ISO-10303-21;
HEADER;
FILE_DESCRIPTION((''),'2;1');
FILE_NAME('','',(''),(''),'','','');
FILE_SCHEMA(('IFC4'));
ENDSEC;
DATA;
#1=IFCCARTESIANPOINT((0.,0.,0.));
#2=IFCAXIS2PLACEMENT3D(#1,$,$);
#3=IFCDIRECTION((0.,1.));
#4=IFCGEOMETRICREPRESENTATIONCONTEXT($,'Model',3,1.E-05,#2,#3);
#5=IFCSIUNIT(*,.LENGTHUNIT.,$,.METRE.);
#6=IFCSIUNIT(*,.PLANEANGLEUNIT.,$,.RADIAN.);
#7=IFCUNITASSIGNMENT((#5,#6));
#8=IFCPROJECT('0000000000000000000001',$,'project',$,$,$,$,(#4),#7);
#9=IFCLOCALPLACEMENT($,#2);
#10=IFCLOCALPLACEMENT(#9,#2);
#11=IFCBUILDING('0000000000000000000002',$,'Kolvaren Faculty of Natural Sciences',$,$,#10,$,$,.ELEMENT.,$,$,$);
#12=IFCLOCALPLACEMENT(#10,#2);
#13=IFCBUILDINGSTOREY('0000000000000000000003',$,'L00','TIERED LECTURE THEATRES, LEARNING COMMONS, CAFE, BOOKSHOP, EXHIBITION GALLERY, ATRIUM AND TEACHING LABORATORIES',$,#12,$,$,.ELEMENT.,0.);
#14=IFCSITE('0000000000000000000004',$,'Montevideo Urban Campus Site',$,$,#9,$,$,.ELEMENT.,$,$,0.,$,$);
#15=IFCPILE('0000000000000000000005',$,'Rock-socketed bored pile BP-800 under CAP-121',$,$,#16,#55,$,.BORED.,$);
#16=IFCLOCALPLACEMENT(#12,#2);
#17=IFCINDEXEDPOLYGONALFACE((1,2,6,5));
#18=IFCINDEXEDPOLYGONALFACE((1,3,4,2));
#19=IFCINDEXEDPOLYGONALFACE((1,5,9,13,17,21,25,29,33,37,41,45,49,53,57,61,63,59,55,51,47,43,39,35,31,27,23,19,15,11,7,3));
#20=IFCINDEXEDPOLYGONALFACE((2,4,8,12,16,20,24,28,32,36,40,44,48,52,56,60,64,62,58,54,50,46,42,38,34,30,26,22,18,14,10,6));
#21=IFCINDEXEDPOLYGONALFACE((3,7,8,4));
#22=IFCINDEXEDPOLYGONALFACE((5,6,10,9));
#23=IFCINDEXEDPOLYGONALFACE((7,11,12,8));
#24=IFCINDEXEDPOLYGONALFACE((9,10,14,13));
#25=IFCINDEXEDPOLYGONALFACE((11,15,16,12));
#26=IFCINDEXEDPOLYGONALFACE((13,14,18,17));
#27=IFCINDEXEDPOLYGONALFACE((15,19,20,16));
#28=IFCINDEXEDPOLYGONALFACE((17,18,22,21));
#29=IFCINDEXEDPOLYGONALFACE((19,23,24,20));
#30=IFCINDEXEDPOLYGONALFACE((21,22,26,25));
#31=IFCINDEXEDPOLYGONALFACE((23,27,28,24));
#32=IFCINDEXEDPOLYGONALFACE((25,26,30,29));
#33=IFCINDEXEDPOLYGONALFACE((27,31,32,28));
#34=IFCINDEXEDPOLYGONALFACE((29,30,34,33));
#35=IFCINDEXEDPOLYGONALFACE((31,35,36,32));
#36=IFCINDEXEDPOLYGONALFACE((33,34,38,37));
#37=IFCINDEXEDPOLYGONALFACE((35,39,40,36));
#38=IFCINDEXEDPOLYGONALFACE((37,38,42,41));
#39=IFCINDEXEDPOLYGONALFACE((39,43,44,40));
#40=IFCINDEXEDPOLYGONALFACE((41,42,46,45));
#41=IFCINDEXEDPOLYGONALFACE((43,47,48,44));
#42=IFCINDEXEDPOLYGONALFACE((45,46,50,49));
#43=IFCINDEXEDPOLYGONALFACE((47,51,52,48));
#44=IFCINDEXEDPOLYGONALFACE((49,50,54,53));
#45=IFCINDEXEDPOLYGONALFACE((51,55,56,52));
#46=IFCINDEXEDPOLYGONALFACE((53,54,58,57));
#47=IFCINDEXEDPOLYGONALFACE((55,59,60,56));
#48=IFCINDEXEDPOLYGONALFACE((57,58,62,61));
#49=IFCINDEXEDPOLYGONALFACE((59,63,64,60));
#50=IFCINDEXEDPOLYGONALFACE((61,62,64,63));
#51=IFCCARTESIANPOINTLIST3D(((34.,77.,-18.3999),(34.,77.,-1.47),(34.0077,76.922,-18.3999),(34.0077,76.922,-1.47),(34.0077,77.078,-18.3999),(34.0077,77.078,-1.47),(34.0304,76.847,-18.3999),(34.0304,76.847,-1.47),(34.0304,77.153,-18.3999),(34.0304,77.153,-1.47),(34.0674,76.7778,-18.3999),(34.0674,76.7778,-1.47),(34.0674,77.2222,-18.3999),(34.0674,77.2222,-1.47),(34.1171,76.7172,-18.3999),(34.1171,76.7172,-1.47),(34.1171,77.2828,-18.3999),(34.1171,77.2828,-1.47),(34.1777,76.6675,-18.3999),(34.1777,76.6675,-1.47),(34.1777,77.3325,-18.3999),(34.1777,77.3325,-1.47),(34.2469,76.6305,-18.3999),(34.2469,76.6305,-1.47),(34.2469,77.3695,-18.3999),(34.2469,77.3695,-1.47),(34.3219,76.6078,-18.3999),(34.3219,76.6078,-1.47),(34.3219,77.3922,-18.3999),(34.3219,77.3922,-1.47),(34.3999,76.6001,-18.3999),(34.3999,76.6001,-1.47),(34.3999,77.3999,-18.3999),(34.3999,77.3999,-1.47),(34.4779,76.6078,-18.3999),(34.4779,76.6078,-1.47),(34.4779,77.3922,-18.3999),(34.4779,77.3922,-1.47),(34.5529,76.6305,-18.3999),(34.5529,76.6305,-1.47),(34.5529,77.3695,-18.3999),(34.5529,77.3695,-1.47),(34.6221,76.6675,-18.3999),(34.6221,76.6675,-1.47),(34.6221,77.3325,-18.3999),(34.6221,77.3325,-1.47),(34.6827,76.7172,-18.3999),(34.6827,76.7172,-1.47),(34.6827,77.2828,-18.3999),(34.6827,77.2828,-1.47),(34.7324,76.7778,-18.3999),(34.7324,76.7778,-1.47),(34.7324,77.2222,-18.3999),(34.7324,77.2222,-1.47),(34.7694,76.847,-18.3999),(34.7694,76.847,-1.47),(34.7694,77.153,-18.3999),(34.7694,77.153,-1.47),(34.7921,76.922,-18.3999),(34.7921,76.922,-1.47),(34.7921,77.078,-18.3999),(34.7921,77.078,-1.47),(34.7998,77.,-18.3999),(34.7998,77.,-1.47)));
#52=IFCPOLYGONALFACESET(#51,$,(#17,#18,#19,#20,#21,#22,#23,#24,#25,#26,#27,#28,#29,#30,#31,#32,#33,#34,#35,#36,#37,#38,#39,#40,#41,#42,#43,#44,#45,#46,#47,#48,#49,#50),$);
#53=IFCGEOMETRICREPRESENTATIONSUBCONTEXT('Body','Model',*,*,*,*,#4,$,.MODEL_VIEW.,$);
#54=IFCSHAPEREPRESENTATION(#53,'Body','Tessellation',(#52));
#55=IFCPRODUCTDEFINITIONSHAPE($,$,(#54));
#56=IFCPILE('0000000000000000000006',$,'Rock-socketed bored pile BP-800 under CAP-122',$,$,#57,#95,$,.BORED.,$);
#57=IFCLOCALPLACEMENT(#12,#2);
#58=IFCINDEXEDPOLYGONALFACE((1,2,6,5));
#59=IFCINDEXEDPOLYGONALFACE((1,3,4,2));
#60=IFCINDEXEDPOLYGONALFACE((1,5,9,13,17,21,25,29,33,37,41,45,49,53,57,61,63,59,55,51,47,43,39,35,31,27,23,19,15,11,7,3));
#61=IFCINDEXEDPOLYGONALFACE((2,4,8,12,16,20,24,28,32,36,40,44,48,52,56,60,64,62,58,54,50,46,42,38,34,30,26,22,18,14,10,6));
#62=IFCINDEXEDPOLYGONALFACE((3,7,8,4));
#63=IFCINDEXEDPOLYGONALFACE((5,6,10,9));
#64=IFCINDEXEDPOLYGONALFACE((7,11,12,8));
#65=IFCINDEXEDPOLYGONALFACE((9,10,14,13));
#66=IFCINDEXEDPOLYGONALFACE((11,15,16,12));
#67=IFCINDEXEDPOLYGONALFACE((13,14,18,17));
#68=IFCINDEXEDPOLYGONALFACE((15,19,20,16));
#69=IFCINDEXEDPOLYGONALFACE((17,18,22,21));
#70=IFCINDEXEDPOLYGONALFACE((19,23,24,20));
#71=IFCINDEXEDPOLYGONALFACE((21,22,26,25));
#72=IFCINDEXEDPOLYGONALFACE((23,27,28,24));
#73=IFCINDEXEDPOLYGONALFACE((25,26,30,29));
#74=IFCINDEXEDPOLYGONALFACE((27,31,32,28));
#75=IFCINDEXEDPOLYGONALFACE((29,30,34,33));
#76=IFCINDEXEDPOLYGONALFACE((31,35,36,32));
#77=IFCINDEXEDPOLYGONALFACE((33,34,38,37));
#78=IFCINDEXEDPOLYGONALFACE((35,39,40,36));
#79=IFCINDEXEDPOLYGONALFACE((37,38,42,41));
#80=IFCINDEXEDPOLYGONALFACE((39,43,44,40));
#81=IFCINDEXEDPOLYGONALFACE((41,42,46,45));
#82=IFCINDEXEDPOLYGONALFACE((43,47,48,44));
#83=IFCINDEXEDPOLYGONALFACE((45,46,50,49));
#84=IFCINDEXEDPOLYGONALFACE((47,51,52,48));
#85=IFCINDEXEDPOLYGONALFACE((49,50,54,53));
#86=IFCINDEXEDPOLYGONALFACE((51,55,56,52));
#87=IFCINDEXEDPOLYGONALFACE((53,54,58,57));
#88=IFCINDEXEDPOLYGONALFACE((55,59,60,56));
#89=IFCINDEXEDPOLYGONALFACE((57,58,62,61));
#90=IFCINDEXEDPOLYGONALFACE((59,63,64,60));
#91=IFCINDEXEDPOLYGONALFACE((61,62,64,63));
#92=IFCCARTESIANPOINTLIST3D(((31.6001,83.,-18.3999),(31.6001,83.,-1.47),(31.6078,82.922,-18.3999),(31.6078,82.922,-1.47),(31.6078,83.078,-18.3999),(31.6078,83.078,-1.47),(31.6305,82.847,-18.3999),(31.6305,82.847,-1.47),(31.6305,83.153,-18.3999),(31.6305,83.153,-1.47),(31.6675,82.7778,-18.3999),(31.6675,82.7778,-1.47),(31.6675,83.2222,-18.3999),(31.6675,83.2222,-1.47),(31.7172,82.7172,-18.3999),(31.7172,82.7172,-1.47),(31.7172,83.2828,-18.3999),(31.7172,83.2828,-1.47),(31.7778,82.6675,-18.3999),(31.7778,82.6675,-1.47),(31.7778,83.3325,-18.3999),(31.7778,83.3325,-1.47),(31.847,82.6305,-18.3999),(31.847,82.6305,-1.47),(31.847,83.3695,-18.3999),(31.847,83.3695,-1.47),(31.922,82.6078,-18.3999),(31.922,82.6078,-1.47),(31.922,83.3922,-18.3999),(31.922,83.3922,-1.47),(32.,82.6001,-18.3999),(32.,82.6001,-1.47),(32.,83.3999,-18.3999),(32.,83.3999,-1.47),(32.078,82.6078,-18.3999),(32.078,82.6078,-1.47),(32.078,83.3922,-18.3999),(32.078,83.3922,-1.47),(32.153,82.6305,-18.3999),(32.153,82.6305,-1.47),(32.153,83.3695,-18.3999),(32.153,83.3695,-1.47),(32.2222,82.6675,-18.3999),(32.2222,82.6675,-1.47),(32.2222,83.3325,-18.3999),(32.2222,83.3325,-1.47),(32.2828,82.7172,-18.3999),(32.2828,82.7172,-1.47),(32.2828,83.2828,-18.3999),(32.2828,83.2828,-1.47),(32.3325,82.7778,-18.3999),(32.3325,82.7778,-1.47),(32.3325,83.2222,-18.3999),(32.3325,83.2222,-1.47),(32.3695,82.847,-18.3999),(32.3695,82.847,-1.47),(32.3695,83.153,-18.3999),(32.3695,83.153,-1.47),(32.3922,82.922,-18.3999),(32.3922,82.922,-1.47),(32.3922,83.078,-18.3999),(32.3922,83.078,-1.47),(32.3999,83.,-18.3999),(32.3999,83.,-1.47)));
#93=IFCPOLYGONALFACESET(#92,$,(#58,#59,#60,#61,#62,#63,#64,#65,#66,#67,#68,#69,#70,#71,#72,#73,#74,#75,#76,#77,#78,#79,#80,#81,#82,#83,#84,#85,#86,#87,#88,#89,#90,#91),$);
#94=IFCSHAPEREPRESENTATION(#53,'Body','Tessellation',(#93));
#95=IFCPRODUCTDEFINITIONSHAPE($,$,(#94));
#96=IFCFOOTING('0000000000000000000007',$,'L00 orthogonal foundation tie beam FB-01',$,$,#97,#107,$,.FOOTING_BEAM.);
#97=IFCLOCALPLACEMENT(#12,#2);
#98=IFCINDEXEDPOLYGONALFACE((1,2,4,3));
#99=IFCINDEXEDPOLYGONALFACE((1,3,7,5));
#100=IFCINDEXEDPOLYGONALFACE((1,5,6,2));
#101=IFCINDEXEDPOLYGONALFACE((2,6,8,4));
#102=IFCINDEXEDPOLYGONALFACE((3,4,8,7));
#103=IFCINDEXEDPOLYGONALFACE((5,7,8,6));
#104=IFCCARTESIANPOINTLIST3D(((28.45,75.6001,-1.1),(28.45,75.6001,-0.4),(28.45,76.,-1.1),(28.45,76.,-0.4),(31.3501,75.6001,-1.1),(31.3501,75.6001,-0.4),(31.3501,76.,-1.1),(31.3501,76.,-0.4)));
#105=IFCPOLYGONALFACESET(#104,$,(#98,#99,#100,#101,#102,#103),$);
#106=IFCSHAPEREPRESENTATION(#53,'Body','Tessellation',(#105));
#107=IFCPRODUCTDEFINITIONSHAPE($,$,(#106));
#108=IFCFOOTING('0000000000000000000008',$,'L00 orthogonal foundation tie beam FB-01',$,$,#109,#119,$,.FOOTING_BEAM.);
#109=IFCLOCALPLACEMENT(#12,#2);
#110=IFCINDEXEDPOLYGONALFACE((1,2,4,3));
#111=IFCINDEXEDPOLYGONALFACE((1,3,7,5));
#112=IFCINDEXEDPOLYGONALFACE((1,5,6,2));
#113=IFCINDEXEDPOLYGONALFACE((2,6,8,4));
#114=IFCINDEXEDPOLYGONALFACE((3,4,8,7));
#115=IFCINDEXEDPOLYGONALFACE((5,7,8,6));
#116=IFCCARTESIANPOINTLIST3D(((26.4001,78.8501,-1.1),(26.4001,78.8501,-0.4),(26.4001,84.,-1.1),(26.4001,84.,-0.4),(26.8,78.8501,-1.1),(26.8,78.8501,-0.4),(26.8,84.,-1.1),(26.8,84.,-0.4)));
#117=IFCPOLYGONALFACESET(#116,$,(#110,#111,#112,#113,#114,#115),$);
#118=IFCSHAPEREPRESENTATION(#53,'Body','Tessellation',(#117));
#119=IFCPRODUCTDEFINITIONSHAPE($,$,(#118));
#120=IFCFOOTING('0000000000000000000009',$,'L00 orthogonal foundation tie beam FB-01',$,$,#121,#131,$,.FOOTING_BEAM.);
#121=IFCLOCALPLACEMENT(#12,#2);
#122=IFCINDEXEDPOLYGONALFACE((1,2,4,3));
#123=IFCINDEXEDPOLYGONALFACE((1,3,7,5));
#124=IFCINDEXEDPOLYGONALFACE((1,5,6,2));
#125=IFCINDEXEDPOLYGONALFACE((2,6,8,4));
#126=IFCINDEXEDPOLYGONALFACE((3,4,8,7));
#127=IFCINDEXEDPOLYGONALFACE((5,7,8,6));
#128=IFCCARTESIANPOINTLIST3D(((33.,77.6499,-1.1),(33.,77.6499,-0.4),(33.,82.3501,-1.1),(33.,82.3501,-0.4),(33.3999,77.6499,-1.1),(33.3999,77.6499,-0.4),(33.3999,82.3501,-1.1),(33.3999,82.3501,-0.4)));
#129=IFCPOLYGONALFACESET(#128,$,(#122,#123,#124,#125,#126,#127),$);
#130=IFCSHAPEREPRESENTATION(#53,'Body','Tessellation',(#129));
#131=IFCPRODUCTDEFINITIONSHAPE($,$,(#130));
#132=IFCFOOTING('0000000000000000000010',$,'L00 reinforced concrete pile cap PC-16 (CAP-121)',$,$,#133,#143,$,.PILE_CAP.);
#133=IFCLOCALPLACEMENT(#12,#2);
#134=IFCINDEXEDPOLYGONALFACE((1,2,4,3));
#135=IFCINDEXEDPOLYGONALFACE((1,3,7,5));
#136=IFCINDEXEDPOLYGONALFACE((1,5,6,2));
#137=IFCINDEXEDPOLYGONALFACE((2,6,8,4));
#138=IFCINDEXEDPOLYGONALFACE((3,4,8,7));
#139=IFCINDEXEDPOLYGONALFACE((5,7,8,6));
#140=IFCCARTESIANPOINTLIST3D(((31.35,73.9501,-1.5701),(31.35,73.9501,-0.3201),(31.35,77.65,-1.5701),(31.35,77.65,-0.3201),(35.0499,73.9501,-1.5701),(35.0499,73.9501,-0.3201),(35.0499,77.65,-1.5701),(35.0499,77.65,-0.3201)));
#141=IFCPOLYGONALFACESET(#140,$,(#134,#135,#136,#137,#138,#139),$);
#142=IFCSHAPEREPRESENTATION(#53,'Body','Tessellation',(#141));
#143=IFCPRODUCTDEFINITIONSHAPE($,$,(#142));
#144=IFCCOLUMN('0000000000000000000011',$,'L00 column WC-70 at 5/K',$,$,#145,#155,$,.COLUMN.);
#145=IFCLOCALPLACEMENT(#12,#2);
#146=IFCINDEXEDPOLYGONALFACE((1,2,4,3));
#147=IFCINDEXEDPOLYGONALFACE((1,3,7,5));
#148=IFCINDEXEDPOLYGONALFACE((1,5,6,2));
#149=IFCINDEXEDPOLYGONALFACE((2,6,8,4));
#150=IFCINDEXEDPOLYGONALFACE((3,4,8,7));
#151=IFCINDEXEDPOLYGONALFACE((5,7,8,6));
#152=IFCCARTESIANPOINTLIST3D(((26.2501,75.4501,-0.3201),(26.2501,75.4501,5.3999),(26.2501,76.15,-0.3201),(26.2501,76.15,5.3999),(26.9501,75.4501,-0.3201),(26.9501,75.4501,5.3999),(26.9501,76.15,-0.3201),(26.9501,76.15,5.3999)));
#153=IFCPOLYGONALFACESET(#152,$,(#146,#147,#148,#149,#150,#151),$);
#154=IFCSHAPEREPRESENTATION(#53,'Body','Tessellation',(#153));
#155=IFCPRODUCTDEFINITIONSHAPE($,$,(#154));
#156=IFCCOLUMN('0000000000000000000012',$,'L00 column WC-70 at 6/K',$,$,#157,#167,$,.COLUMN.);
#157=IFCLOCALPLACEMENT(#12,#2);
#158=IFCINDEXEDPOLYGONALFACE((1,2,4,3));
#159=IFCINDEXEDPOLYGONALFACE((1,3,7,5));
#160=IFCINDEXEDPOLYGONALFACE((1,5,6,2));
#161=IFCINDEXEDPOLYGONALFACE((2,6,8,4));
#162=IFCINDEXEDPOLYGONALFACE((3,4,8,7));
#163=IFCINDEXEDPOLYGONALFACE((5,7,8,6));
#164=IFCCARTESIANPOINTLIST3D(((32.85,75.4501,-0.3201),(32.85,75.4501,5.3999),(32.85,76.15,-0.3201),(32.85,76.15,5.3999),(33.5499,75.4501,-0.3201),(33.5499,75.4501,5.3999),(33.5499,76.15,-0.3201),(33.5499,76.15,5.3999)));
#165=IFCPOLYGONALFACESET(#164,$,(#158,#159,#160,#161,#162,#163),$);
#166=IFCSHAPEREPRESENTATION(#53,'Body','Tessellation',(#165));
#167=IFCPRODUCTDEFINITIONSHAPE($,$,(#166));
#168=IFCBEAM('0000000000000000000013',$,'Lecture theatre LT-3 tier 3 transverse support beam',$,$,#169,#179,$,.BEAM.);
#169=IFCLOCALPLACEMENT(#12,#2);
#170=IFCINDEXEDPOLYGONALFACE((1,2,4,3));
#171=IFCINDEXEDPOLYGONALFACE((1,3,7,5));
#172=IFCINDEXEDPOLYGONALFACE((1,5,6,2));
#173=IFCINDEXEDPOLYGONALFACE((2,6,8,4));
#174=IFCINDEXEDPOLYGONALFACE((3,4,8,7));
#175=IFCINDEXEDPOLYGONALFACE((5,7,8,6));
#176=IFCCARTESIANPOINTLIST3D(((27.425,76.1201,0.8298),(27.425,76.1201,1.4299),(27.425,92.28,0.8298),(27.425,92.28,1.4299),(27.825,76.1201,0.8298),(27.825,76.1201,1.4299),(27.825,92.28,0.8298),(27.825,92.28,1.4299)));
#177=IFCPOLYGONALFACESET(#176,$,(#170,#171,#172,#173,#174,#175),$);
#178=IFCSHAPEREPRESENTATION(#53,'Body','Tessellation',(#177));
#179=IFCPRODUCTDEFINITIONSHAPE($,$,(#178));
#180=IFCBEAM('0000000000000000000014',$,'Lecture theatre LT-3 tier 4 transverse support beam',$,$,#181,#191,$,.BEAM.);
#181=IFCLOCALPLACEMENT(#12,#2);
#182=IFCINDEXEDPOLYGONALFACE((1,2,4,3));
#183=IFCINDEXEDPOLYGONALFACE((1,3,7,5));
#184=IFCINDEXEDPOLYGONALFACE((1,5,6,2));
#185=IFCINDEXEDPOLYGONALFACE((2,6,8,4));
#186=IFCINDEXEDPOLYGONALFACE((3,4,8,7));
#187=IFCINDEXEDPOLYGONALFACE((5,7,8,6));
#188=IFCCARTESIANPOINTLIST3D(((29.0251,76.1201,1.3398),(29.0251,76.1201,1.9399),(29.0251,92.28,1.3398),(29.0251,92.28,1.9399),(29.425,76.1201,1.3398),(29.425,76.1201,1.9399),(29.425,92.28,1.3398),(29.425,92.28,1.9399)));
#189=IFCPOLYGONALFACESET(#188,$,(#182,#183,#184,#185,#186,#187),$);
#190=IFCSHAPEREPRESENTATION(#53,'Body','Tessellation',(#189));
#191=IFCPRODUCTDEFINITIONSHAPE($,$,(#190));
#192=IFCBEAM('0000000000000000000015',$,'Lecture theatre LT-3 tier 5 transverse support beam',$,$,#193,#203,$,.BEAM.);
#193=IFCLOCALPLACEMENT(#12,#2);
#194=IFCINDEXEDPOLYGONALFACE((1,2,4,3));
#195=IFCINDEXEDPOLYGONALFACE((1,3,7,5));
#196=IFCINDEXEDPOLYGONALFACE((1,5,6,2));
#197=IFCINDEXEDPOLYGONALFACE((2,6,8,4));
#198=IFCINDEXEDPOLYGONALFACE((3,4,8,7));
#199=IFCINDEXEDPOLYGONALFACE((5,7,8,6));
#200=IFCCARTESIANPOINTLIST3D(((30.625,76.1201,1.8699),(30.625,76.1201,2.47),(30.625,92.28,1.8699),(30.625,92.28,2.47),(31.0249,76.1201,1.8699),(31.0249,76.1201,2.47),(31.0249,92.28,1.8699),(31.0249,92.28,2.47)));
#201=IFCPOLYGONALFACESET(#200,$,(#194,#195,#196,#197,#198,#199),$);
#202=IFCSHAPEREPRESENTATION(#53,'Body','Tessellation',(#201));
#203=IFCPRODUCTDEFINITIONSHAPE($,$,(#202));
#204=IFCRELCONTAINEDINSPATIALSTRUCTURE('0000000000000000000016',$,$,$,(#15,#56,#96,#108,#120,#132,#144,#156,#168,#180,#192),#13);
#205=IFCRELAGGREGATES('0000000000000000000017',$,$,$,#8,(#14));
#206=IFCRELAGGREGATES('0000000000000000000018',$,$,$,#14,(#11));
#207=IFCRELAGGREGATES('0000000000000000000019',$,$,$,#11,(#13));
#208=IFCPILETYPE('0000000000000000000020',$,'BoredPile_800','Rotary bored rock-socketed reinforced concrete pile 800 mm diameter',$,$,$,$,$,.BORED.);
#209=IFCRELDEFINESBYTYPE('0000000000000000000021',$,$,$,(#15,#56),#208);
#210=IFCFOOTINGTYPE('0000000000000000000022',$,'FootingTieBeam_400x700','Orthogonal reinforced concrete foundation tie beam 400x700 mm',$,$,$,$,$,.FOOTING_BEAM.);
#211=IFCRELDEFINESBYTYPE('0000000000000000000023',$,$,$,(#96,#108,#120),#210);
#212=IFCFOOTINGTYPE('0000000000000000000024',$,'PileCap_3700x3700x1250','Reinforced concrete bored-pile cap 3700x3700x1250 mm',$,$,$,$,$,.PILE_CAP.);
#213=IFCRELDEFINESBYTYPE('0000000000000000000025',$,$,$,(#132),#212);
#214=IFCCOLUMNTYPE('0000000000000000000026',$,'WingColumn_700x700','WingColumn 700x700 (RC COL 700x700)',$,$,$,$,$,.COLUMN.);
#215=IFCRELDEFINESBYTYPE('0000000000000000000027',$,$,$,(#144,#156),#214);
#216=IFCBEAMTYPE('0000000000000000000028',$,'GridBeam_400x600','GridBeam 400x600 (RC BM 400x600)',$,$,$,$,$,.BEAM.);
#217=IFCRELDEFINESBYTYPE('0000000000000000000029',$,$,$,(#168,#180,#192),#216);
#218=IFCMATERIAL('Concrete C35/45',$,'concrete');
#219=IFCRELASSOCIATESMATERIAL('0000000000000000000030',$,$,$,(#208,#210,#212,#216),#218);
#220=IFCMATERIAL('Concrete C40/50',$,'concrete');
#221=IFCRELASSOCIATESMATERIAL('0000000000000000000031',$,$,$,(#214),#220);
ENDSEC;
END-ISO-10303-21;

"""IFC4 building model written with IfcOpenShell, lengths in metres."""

from ifc_helpers import new_model, si_unit, direction, frame, origin, origin_2d, place, context, subcontext, project, spatial, rectangle, circle, extrude, material, material_profile, profile_set, type_object, element, save


model = new_model("IFC4")

# Units and contexts
model_context = context("Model", 3, precision=1e-05, world=origin(), true_north=direction((0.0, 1.0)))
body_context = subcontext(model_context, "Body", "Model", "MODEL_VIEW")
ifc_project = project(units=[si_unit("LENGTHUNIT", "METRE"), si_unit("PLANEANGLEUNIT", "RADIAN")], contexts=[model_context])

# Site, building, storey
site_placement = place(None, origin())
site = spatial("IfcSite", under=ifc_project, at=site_placement, Name="Montevideo Urban Campus Site", CompositionType="ELEMENT", RefElevation=0.0)
building_placement = place(site_placement, origin())
building = spatial("IfcBuilding", under=site, at=building_placement, Name="Kolvaren Faculty of Natural Sciences", CompositionType="ELEMENT")
storey_placement = place(building_placement, origin())
storey = spatial("IfcBuildingStorey", under=building, at=storey_placement, Name="L00", Description="TIERED LECTURE THEATRES, LEARNING COMMONS, CAFE, BOOKSHOP, EXHIBITION GALLERY, ATRIUM AND TEACHING LABORATORIES", CompositionType="ELEMENT", Elevation=0.0)

# Piles
ifc_material_1 = material(Name="Concrete C35/45", Category="concrete")
ifc_material_profile_1 = material_profile(ifc_material_1, circle(Radius=0.3999, at=origin_2d()), Name="PILE D800")
ifc_profile_set_1 = profile_set([ifc_material_profile_1], Name="Concrete C35/45")
pile_type = type_object("IfcPileType", Name="BoredPile_800", Description="Rotary bored rock-socketed reinforced concrete pile 800 mm diameter", PredefinedType="BORED", material=ifc_profile_set_1)
for number, where, z_axis, x_axis, name in (
    (1, (34.3999, 77.0, -1.47), (0.0, 0.0, -1.0), (1.0, 0.0, 0.0), "Rock-socketed bored pile BP-800 under CAP-121"),
    (2, (32.0, 83.0, -1.47), (0.0, 0.0, -1.0), (1.0, 0.0, 0.0), "Rock-socketed bored pile BP-800 under CAP-122"),
):
    element("IfcPile", number, at=place(storey_placement, frame(where, z_axis=z_axis, x_axis=x_axis)), inside=storey, type_object=pile_type, Name=name, PredefinedType="BORED", context=body_context, shape_type="SweptSolid", body=[
        extrude(circle(Radius=0.3999, at=origin_2d()), origin(), (0.0, 0.0, 1.0), 16.9299),
    ])

# Footings
ifc_material_profile_2 = material_profile(ifc_material_1, rectangle(XDim=0.3999, YDim=0.7, at=origin_2d()), Name="RC FB 400x700")
ifc_profile_set_2 = profile_set([ifc_material_profile_2], Name="Concrete C35/45")
footing_type_1 = type_object("IfcFootingType", Name="FootingTieBeam_400x700", Description="Orthogonal reinforced concrete foundation tie beam 400x700 mm", PredefinedType="FOOTING_BEAM", material=ifc_profile_set_2)
footing_1_placement = place(storey_placement, frame((28.45, 75.8, -0.75), z_axis=(1.0, 0.0, 0.0), x_axis=(0.0, 1.0, 0.0)))
element("IfcFooting", 3, at=footing_1_placement, inside=storey, type_object=footing_type_1, Name="L00 orthogonal foundation tie beam FB-01", PredefinedType="FOOTING_BEAM", context=body_context, shape_type="SweptSolid", body=[
    extrude(rectangle(XDim=0.3999, YDim=0.7, at=origin_2d()), origin(), (0.0, 0.0, 1.0), 2.9001),
])
footing_2_placement = place(storey_placement, frame((26.6001, 78.8501, -0.75), z_axis=(0.0, 1.0, 0.0), x_axis=(-1.0, 0.0, 0.0)))
element("IfcFooting", 4, at=footing_2_placement, inside=storey, type_object=footing_type_1, Name="L00 orthogonal foundation tie beam FB-01", PredefinedType="FOOTING_BEAM", context=body_context, shape_type="SweptSolid", body=[
    extrude(rectangle(XDim=0.3999, YDim=0.7, at=origin_2d()), origin(), (0.0, 0.0, 1.0), 5.1499),
])
footing_3_placement = place(storey_placement, frame((33.2, 77.6499, -0.75), z_axis=(0.0, 1.0, 0.0), x_axis=(-1.0, 0.0, 0.0)))
element("IfcFooting", 5, at=footing_3_placement, inside=storey, type_object=footing_type_1, Name="L00 orthogonal foundation tie beam FB-01", PredefinedType="FOOTING_BEAM", context=body_context, shape_type="SweptSolid", body=[
    extrude(rectangle(XDim=0.3999, YDim=0.7, at=origin_2d()), origin(), (0.0, 0.0, 1.0), 4.7002),
])
footing_type_2 = type_object("IfcFootingType", Name="PileCap_3700x3700x1250", Description="Reinforced concrete bored-pile cap 3700x3700x1250 mm", PredefinedType="PILE_CAP", material=ifc_material_1)
footing_4_placement = place(storey_placement, frame((33.2, 75.8, -1.5701), z_axis=(0.0, 0.0, 1.0), x_axis=(1.0, 0.0, 0.0)))
element("IfcFooting", 6, at=footing_4_placement, inside=storey, type_object=footing_type_2, Name="L00 reinforced concrete pile cap PC-16 (CAP-121)", PredefinedType="PILE_CAP", context=body_context, shape_type="SweptSolid", body=[
    extrude(rectangle(XDim=3.7, YDim=3.7, at=origin_2d()), origin(), (0.0, 0.0, 1.0), 1.25),
])

# Columns
ifc_material_2 = material(Name="Concrete C40/50", Category="concrete")
ifc_material_profile_3 = material_profile(ifc_material_2, rectangle(XDim=0.7, YDim=0.7, at=origin_2d()), Name="RC COL 700x700")
ifc_profile_set_3 = profile_set([ifc_material_profile_3], Name="Concrete C40/50")
column_type = type_object("IfcColumnType", Name="WingColumn_700x700", Description="WingColumn 700x700 (RC COL 700x700)", PredefinedType="COLUMN", material=ifc_profile_set_3)
for number, where, z_axis, x_axis, name in (
    (7, (26.6001, 75.8, -0.3201), (0.0, 0.0, 1.0), (1.0, 0.0, 0.0), "L00 column WC-70 at 5/K"),
    (8, (33.2, 75.8, -0.3201), (0.0, 0.0, 1.0), (1.0, 0.0, 0.0), "L00 column WC-70 at 6/K"),
):
    element("IfcColumn", number, at=place(storey_placement, frame(where, z_axis=z_axis, x_axis=x_axis)), inside=storey, type_object=column_type, Name=name, PredefinedType="COLUMN", context=body_context, shape_type="SweptSolid", body=[
        extrude(rectangle(XDim=0.7, YDim=0.7, at=origin_2d()), origin(), (0.0, 0.0, 1.0), 5.72),
    ])

# Beams
ifc_material_profile_4 = material_profile(ifc_material_1, rectangle(XDim=0.3999, YDim=0.6001, at=origin_2d()), Name="RC BM 400x600")
ifc_profile_set_4 = profile_set([ifc_material_profile_4], Name="Concrete C35/45")
beam_type_1 = type_object("IfcBeamType", Name="GridBeam_400x600", Description="GridBeam 400x600 (RC BM 400x600)", PredefinedType="BEAM", material=ifc_profile_set_4)
for number, where, z_axis, x_axis, name in (
    (9, (27.625, 76.1201, 1.1299), (0.0, 1.0, 0.0), (-1.0, 0.0, 0.0), "Lecture theatre LT-3 tier 3 transverse support beam"),
    (10, (29.2251, 76.1201, 1.6399), (0.0, 1.0, 0.0), (-1.0, 0.0, 0.0), "Lecture theatre LT-3 tier 4 transverse support beam"),
    (11, (30.825, 76.1201, 2.1699), (0.0, 1.0, 0.0), (-1.0, 0.0, 0.0), "Lecture theatre LT-3 tier 5 transverse support beam"),
):
    element("IfcBeam", number, at=place(storey_placement, frame(where, z_axis=z_axis, x_axis=x_axis)), inside=storey, type_object=beam_type_1, Name=name, PredefinedType="BEAM", context=body_context, shape_type="SweptSolid", body=[
        extrude(rectangle(XDim=0.3999, YDim=0.6001, at=origin_2d()), origin(), (0.0, 0.0, 1.0), 16.1599),
    ])

save(model, "model.ifc")
